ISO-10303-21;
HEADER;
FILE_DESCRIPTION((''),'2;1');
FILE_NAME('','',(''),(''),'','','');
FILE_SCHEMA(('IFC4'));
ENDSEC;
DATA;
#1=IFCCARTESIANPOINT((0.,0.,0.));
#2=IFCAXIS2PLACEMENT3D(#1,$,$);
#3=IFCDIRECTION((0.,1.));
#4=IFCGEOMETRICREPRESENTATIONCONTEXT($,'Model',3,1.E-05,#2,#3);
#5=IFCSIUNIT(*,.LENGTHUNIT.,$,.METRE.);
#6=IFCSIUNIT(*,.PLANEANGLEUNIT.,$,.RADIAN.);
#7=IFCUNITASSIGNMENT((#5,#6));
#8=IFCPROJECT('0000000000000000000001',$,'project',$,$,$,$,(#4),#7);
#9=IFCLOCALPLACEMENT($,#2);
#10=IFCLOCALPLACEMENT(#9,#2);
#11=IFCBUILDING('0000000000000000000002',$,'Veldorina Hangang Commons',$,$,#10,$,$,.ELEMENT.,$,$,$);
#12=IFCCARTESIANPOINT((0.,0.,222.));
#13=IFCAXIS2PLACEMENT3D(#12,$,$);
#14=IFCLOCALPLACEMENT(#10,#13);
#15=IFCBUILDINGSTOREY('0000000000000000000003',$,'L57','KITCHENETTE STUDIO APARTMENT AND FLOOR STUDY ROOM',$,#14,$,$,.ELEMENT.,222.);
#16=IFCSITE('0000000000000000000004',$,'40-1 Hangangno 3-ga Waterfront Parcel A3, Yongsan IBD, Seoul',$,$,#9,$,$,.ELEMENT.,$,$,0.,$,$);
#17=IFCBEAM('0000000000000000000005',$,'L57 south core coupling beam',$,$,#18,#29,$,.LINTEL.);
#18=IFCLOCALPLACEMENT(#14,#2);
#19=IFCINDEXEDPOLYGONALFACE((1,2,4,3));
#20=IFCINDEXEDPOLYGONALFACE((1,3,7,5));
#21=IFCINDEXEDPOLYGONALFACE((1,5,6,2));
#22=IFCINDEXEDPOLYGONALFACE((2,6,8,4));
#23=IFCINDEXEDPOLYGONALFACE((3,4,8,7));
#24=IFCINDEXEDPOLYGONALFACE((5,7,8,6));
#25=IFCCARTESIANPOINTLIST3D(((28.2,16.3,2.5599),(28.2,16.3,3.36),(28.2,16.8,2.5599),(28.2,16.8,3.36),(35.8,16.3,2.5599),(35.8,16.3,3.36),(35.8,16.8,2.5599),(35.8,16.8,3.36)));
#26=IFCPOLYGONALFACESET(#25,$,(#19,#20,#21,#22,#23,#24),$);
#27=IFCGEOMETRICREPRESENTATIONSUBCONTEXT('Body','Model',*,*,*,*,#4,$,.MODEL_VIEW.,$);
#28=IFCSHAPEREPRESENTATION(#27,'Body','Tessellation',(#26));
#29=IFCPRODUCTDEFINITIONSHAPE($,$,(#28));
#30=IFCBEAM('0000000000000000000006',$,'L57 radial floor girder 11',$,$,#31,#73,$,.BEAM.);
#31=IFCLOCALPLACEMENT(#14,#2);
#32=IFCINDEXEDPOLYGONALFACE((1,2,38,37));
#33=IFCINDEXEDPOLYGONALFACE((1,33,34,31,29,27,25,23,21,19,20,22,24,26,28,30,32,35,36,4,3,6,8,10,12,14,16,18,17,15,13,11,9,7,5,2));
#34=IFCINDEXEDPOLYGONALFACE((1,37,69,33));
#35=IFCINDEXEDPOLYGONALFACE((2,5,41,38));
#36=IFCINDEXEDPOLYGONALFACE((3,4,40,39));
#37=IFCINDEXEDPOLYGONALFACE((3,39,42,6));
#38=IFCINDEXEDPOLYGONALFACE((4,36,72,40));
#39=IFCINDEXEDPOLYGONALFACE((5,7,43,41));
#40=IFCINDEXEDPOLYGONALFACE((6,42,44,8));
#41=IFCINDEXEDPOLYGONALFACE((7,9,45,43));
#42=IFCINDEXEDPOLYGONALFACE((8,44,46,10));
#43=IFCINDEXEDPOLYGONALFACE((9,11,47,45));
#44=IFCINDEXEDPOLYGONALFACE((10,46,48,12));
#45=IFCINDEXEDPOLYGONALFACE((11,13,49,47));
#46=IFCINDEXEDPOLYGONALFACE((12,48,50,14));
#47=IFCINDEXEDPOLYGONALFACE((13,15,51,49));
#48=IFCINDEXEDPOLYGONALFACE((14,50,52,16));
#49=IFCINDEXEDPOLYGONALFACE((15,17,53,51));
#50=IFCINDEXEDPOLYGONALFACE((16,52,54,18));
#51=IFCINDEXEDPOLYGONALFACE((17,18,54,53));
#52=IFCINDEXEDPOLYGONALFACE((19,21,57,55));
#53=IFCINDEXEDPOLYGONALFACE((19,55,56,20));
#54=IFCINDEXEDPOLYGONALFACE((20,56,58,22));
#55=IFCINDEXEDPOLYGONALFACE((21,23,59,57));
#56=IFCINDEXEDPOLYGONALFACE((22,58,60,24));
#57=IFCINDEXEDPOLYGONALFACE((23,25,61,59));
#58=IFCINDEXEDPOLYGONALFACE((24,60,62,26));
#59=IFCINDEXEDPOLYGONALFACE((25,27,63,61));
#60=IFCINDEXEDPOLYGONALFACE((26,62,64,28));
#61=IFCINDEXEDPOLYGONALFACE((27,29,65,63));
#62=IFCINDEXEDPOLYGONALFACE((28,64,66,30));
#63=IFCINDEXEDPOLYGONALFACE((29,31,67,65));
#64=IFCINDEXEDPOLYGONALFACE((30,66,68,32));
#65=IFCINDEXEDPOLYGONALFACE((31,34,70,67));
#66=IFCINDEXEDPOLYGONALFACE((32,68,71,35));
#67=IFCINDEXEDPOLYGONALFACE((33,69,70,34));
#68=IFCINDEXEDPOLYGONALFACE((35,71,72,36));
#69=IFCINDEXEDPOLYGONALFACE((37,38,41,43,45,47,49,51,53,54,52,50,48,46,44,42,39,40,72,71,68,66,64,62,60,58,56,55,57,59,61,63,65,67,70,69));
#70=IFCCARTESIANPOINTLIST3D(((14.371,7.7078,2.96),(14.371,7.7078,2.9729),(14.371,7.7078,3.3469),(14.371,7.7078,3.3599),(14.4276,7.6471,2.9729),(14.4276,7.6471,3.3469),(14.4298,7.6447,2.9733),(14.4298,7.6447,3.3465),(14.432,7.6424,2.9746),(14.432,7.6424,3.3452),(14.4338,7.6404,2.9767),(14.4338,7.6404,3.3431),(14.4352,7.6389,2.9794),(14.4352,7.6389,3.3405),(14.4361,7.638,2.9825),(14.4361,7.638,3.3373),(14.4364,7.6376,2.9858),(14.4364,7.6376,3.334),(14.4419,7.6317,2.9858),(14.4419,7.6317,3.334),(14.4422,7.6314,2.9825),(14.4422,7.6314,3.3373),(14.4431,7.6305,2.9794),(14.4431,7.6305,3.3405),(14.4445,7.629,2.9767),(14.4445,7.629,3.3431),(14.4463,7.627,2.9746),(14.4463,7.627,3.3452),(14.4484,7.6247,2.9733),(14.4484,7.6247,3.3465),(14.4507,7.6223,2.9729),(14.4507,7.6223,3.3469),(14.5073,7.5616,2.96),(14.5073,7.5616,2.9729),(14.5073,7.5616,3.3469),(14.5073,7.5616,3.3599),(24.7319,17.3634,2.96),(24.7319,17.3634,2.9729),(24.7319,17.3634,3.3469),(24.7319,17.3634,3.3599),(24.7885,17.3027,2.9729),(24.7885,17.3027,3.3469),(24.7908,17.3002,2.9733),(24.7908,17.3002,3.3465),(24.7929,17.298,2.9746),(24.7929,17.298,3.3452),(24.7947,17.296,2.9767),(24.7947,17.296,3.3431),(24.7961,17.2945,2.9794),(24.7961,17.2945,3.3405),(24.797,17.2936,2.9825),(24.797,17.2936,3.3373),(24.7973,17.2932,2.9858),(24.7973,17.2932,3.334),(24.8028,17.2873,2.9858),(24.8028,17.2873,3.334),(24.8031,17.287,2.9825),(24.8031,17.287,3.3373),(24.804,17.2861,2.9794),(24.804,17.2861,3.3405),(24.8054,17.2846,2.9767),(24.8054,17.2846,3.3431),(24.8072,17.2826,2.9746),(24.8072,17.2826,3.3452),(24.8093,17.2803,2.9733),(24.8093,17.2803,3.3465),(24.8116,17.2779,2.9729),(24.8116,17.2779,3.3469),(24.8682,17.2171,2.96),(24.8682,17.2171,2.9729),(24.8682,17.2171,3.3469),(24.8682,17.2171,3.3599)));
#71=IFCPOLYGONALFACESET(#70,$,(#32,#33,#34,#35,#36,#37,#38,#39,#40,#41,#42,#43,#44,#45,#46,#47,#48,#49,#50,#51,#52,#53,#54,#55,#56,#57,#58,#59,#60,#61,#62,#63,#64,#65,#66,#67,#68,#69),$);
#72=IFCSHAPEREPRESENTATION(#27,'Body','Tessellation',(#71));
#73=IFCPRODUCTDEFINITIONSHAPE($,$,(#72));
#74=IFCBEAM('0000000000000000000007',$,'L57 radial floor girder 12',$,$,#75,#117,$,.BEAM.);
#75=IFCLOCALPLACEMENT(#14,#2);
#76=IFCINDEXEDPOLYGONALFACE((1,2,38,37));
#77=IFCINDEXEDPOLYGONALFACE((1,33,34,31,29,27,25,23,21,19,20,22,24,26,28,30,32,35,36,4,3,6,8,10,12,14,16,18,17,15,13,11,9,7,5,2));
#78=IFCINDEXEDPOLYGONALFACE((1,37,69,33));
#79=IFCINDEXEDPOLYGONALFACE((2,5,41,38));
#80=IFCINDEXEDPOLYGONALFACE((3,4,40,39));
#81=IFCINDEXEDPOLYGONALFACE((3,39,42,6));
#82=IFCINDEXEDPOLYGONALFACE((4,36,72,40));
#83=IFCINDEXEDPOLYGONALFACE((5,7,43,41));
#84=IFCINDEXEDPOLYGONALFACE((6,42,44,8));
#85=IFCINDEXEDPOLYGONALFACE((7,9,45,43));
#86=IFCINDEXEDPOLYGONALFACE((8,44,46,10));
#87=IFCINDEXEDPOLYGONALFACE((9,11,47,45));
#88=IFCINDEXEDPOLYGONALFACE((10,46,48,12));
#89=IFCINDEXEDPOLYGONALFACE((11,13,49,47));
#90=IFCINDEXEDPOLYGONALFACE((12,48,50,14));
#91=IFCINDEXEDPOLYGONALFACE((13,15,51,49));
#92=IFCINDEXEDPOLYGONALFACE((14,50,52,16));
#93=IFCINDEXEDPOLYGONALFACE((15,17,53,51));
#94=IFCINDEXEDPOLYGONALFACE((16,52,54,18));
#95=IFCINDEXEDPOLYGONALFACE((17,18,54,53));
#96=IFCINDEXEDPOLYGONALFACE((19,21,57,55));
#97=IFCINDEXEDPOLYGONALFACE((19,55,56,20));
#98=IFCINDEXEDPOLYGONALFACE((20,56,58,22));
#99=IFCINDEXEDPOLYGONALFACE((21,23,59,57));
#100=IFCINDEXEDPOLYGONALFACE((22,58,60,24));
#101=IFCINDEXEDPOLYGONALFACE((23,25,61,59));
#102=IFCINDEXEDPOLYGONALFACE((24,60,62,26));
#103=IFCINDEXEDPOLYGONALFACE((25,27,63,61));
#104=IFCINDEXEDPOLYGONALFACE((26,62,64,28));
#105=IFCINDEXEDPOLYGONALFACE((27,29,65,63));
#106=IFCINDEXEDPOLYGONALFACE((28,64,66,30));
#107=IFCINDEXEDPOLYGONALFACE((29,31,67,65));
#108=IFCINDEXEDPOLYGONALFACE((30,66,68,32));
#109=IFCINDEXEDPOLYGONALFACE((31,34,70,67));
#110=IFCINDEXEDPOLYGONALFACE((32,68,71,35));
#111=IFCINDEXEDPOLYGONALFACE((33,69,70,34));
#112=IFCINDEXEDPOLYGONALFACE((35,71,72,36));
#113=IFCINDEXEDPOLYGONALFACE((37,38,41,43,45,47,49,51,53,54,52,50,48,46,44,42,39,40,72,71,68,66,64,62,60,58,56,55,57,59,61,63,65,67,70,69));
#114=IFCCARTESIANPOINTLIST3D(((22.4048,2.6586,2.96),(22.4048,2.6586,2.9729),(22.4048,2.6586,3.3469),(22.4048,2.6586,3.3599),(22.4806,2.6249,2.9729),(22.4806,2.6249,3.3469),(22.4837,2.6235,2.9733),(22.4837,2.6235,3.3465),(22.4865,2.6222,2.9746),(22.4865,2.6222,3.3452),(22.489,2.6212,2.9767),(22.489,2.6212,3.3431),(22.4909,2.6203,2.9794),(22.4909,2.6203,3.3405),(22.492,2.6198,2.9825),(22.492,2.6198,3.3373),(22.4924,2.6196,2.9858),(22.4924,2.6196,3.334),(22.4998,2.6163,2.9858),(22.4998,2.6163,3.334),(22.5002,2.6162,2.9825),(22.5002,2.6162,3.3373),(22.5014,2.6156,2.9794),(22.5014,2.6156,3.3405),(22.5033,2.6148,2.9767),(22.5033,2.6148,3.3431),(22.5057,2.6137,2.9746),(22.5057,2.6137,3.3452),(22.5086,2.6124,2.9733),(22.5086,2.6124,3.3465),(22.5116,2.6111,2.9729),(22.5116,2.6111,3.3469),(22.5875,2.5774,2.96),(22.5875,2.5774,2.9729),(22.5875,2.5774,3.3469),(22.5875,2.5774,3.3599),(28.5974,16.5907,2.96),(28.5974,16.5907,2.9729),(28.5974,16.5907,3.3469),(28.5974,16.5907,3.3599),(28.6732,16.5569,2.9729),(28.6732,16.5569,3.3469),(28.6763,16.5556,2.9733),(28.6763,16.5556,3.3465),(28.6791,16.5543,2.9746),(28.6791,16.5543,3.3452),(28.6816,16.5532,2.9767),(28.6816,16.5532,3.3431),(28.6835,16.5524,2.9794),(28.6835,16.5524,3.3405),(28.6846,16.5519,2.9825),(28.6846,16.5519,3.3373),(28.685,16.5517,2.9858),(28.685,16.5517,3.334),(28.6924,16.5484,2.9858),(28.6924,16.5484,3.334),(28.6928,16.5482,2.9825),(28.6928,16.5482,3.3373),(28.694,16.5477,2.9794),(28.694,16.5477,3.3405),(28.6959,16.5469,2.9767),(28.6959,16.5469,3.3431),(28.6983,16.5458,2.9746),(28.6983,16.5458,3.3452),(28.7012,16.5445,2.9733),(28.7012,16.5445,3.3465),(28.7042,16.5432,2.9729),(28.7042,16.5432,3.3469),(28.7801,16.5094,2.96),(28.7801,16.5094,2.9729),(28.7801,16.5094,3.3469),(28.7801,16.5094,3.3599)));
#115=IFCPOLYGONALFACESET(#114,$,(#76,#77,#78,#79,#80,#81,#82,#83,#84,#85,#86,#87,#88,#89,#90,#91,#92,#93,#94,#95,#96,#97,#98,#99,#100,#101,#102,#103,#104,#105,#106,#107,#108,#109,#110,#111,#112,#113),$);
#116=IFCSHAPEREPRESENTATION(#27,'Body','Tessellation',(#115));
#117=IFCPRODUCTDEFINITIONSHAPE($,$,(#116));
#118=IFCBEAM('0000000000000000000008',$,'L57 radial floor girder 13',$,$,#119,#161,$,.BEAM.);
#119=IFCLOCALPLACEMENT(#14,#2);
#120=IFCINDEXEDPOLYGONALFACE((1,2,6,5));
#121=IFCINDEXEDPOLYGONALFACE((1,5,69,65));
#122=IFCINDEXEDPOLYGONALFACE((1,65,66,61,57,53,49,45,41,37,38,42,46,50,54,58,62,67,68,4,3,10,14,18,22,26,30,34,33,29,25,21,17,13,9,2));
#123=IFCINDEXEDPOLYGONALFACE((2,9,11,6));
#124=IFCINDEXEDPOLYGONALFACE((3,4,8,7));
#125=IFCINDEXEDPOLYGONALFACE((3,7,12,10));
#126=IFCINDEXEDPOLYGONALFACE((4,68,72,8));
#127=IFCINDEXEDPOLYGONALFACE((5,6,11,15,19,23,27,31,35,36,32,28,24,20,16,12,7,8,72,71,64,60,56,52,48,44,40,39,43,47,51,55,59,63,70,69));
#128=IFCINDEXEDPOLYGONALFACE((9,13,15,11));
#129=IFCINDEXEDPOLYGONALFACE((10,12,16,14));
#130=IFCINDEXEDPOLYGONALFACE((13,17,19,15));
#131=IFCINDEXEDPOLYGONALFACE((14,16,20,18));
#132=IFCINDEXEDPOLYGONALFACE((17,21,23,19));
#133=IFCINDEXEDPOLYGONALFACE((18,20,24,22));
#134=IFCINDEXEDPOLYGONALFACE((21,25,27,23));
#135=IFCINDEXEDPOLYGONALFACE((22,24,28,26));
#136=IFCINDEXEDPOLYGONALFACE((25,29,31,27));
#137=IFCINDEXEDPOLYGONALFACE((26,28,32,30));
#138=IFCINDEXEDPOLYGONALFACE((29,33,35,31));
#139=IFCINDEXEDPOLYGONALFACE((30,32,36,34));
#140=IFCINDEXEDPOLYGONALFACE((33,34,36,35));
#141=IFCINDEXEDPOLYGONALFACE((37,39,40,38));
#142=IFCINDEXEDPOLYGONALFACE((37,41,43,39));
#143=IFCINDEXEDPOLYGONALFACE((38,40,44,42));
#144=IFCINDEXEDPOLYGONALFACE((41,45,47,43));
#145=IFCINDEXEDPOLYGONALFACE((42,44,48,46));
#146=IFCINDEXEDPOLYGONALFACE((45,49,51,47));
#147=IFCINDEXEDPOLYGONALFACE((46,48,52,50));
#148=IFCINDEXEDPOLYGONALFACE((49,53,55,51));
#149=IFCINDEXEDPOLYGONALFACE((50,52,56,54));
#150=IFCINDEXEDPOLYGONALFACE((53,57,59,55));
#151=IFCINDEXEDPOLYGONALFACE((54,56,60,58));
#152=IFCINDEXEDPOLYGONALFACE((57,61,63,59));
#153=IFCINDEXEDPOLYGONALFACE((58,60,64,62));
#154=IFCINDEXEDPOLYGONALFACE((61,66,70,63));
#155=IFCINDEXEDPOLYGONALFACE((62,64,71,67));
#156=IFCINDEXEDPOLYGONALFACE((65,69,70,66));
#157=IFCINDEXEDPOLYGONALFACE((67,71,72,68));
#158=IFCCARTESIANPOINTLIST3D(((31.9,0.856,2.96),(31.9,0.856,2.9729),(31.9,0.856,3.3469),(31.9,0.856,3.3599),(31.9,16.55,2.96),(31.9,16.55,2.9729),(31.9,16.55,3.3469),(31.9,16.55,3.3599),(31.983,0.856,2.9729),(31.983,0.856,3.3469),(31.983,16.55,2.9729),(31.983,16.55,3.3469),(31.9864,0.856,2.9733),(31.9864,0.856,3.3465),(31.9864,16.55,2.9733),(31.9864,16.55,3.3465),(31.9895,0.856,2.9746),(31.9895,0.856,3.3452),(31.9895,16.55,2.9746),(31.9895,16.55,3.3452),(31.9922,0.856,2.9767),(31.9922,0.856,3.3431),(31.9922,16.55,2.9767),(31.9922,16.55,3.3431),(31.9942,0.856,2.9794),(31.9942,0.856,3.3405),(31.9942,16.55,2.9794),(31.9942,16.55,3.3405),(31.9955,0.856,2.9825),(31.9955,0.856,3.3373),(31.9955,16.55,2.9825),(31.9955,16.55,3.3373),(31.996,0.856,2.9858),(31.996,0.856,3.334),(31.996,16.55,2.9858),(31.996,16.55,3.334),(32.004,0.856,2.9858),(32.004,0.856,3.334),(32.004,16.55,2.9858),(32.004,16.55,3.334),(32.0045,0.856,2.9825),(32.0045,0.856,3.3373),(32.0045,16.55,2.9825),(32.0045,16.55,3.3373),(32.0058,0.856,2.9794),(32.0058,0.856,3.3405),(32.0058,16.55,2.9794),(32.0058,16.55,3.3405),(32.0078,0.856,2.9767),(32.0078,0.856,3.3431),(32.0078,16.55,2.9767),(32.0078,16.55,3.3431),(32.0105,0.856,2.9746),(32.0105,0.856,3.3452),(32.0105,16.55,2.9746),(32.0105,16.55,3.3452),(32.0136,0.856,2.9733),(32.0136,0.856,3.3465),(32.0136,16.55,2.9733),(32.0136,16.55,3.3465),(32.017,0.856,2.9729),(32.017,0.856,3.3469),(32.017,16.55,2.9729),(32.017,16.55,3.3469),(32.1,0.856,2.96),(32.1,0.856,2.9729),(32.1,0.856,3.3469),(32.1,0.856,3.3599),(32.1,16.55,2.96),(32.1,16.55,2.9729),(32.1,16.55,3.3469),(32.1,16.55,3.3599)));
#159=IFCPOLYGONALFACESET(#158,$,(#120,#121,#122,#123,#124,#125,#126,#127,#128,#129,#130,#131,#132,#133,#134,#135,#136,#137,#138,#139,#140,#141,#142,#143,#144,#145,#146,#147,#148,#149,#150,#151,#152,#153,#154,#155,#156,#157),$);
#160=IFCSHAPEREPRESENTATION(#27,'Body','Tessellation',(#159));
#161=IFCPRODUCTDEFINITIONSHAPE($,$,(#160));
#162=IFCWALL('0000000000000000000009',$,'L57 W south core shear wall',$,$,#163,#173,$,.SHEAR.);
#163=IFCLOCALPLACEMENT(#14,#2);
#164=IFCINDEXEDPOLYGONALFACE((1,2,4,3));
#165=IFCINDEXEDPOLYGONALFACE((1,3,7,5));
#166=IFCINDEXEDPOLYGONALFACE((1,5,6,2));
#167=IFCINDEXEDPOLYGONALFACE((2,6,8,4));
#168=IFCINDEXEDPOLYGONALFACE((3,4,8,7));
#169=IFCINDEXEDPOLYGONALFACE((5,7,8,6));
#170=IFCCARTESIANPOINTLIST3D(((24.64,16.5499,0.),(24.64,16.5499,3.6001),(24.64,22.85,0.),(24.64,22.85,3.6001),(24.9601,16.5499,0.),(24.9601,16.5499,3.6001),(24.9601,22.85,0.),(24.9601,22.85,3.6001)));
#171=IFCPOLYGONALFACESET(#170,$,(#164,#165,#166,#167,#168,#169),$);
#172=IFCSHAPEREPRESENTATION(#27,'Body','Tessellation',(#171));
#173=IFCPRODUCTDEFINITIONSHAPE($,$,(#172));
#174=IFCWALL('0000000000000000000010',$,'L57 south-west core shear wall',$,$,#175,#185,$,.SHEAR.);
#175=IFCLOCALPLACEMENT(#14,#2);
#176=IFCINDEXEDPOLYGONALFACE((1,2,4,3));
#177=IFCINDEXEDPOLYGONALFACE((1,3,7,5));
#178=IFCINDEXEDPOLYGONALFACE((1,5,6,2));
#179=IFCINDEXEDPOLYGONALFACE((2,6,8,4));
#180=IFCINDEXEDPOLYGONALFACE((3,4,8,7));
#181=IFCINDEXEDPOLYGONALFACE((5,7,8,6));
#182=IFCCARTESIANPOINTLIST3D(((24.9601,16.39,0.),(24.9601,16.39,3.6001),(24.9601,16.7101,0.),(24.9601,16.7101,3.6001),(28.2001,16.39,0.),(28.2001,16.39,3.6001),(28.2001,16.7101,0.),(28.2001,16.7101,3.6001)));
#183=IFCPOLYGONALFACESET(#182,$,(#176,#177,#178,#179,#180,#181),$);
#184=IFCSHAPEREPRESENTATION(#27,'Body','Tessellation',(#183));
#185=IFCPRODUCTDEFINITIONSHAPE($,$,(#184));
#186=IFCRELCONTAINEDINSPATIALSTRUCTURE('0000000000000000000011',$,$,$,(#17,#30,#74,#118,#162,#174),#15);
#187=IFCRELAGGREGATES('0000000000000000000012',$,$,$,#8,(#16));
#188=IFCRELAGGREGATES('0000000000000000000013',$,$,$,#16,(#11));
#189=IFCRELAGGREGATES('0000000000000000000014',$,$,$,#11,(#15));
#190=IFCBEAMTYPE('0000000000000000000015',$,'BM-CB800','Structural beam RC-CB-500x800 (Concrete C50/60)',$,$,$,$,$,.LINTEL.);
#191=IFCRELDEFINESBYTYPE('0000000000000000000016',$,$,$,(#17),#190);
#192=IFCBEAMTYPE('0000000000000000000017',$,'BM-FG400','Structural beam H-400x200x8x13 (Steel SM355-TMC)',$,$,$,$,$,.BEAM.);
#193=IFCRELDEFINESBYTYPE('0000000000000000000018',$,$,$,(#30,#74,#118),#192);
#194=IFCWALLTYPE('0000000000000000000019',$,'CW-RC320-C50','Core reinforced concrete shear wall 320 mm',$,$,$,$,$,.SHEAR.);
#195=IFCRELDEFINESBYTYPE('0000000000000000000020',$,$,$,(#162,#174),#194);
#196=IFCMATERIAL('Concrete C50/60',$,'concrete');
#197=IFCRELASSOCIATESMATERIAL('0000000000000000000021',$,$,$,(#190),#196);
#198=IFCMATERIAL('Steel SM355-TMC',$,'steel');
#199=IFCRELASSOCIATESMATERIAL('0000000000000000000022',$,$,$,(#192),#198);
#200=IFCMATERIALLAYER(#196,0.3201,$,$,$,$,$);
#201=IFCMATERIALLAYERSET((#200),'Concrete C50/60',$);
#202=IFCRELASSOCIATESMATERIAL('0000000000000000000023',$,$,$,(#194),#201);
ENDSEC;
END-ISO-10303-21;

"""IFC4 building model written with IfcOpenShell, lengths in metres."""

from ifc_helpers import new_model, si_unit, direction, frame, frame_2d, origin, origin_2d, place, context, subcontext, project, spatial, rectangle, i_section, extrude, material, layer, layer_set, material_profile, profile_set, type_object, element, save


model = new_model("IFC4")

# Units and contexts
model_context = context("Model", 3, precision=1e-05, world=origin(), true_north=direction((0.0, 1.0)))
body_context = subcontext(model_context, "Body", "Model", "MODEL_VIEW")
ifc_project = project(units=[si_unit("LENGTHUNIT", "METRE"), si_unit("PLANEANGLEUNIT", "RADIAN")], contexts=[model_context])

# Site, building, storey
site_placement = place(None, origin())
site = spatial("IfcSite", under=ifc_project, at=site_placement, Name="40-1 Hangangno 3-ga Waterfront Parcel A3, Yongsan IBD, Seoul", CompositionType="ELEMENT", RefElevation=0.0)
building_placement = place(site_placement, origin())
building = spatial("IfcBuilding", under=site, at=building_placement, Name="Veldorina Hangang Commons", CompositionType="ELEMENT")
storey_placement = place(building_placement, frame((0.0, 0.0, 222.0)))
storey = spatial("IfcBuildingStorey", under=building, at=storey_placement, Name="L57", Description="KITCHENETTE STUDIO APARTMENT AND FLOOR STUDY ROOM", CompositionType="ELEMENT", Elevation=222.0)

# Beams
ifc_material_1 = material(Name="Concrete C50/60", Category="concrete")
ifc_material_profile_1 = material_profile(ifc_material_1, rectangle(XDim=0.5, YDim=0.8, at=origin_2d()), Name="RC-CB-500x800")
ifc_profile_set_1 = profile_set([ifc_material_profile_1], Name="Concrete C50/60")
beam_type_1 = type_object("IfcBeamType", Name="BM-CB800", Description="Structural beam RC-CB-500x800 (Concrete C50/60)", PredefinedType="LINTEL", material=ifc_profile_set_1)
beam_1_placement = place(storey_placement, frame((28.2, 16.55, 2.96), z_axis=(1.0, 0.0, 0.0), x_axis=(0.0, 1.0, 0.0)))
element("IfcBeam", 1, at=beam_1_placement, inside=storey, type_object=beam_type_1, Name="L57 south core coupling beam", PredefinedType="LINTEL", context=body_context, shape_type="SweptSolid", body=[
    extrude(rectangle(XDim=0.5, YDim=0.8, at=origin_2d()), origin(), (0.0, 0.0, 1.0), 7.6001),
])
ifc_material_2 = material(Name="Steel SM355-TMC", Category="steel")
ifc_material_profile_2 = material_profile(ifc_material_2, i_section(OverallWidth=0.2, OverallDepth=0.3999, WebThickness=0.0081, FlangeThickness=0.0129, FilletRadius=0.0129, at=origin_2d()), Name="H-400x200x8x13")
ifc_profile_set_2 = profile_set([ifc_material_profile_2], Name="Steel SM355-TMC")
beam_type_2 = type_object("IfcBeamType", Name="BM-FG400", Description="Structural beam H-400x200x8x13 (Steel SM355-TMC)", PredefinedType="BEAM", material=ifc_profile_set_2)
beam_2_placement = place(storey_placement, frame((24.8, 17.2903, 3.1599), z_axis=(-0.731569, -0.681767, 0.0), x_axis=(0.681767, -0.731569, 0.0)))
element("IfcBeam", 2, at=beam_2_placement, inside=storey, type_object=beam_type_2, Name="L57 radial floor girder 11", PredefinedType="BEAM", context=body_context, shape_type="SweptSolid", body=[
    extrude(i_section(OverallWidth=0.2, OverallDepth=0.3999, WebThickness=0.0081, FlangeThickness=0.0129, FilletRadius=0.0129, at=origin_2d()), origin(), (0.0, 0.0, 1.0), 14.1626),
])
beam_3_placement = place(storey_placement, frame((28.6887, 16.55, 3.1599), z_axis=(-0.40617, -0.913798, 0.0), x_axis=(0.913798, -0.40617, 0.0)))
element("IfcBeam", 3, at=beam_3_placement, inside=storey, type_object=beam_type_2, Name="L57 radial floor girder 12", PredefinedType="BEAM", context=body_context, shape_type="SweptSolid", body=[
    extrude(i_section(OverallWidth=0.2, OverallDepth=0.3999, WebThickness=0.0081, FlangeThickness=0.0129, FilletRadius=0.0129, at=origin_2d()), origin(), (0.0, 0.0, 1.0), 15.2463),
])
beam_4_placement = place(storey_placement, frame((32.0, 16.55, 3.1599), z_axis=(0.0, -1.0, 0.0), x_axis=(1.0, 0.0, 0.0)))
element("IfcBeam", 4, at=beam_4_placement, inside=storey, type_object=beam_type_2, Name="L57 radial floor girder 13", PredefinedType="BEAM", context=body_context, shape_type="SweptSolid", body=[
    extrude(i_section(OverallWidth=0.2, OverallDepth=0.3999, WebThickness=0.0081, FlangeThickness=0.0129, FilletRadius=0.0129, at=origin_2d()), origin(), (0.0, 0.0, 1.0), 15.6941),
])

# Walls
ifc_layer_1 = layer(ifc_material_1, 0.3201)
ifc_layer_set_1 = layer_set([ifc_layer_1], Name="Concrete C50/60")
wall_type_1 = type_object("IfcWallType", Name="CW-RC320-C50", Description="Core reinforced concrete shear wall 320 mm", PredefinedType="SHEAR", material=ifc_layer_set_1)
wall_1_placement = place(storey_placement, frame((24.8, 16.55, 0.0), z_axis=(0.0, 0.0, 1.0), x_axis=(0.0, 1.0, 0.0)))
element("IfcWall", 5, at=wall_1_placement, inside=storey, type_object=wall_type_1, Name="L57 W south core shear wall", PredefinedType="SHEAR", context=body_context, shape_type="SweptSolid", body=[
    extrude(rectangle(XDim=6.3, YDim=0.3201, at=frame_2d((3.1499, 0.0))), origin(), (0.0, 0.0, 1.0), 3.6001),
])
wall_2_placement = place(storey_placement, frame((24.96, 16.55, 0.0), z_axis=(0.0, 0.0, 1.0), x_axis=(1.0, 0.0, 0.0)))
element("IfcWall", 6, at=wall_2_placement, inside=storey, type_object=wall_type_1, Name="L57 south-west core shear wall", PredefinedType="SHEAR", context=body_context, shape_type="SweptSolid", body=[
    extrude(rectangle(XDim=3.24, YDim=0.3201, at=frame_2d((1.6201, 0.0))), origin(), (0.0, 0.0, 1.0), 3.6001),
])

save(model, "model.ifc")
